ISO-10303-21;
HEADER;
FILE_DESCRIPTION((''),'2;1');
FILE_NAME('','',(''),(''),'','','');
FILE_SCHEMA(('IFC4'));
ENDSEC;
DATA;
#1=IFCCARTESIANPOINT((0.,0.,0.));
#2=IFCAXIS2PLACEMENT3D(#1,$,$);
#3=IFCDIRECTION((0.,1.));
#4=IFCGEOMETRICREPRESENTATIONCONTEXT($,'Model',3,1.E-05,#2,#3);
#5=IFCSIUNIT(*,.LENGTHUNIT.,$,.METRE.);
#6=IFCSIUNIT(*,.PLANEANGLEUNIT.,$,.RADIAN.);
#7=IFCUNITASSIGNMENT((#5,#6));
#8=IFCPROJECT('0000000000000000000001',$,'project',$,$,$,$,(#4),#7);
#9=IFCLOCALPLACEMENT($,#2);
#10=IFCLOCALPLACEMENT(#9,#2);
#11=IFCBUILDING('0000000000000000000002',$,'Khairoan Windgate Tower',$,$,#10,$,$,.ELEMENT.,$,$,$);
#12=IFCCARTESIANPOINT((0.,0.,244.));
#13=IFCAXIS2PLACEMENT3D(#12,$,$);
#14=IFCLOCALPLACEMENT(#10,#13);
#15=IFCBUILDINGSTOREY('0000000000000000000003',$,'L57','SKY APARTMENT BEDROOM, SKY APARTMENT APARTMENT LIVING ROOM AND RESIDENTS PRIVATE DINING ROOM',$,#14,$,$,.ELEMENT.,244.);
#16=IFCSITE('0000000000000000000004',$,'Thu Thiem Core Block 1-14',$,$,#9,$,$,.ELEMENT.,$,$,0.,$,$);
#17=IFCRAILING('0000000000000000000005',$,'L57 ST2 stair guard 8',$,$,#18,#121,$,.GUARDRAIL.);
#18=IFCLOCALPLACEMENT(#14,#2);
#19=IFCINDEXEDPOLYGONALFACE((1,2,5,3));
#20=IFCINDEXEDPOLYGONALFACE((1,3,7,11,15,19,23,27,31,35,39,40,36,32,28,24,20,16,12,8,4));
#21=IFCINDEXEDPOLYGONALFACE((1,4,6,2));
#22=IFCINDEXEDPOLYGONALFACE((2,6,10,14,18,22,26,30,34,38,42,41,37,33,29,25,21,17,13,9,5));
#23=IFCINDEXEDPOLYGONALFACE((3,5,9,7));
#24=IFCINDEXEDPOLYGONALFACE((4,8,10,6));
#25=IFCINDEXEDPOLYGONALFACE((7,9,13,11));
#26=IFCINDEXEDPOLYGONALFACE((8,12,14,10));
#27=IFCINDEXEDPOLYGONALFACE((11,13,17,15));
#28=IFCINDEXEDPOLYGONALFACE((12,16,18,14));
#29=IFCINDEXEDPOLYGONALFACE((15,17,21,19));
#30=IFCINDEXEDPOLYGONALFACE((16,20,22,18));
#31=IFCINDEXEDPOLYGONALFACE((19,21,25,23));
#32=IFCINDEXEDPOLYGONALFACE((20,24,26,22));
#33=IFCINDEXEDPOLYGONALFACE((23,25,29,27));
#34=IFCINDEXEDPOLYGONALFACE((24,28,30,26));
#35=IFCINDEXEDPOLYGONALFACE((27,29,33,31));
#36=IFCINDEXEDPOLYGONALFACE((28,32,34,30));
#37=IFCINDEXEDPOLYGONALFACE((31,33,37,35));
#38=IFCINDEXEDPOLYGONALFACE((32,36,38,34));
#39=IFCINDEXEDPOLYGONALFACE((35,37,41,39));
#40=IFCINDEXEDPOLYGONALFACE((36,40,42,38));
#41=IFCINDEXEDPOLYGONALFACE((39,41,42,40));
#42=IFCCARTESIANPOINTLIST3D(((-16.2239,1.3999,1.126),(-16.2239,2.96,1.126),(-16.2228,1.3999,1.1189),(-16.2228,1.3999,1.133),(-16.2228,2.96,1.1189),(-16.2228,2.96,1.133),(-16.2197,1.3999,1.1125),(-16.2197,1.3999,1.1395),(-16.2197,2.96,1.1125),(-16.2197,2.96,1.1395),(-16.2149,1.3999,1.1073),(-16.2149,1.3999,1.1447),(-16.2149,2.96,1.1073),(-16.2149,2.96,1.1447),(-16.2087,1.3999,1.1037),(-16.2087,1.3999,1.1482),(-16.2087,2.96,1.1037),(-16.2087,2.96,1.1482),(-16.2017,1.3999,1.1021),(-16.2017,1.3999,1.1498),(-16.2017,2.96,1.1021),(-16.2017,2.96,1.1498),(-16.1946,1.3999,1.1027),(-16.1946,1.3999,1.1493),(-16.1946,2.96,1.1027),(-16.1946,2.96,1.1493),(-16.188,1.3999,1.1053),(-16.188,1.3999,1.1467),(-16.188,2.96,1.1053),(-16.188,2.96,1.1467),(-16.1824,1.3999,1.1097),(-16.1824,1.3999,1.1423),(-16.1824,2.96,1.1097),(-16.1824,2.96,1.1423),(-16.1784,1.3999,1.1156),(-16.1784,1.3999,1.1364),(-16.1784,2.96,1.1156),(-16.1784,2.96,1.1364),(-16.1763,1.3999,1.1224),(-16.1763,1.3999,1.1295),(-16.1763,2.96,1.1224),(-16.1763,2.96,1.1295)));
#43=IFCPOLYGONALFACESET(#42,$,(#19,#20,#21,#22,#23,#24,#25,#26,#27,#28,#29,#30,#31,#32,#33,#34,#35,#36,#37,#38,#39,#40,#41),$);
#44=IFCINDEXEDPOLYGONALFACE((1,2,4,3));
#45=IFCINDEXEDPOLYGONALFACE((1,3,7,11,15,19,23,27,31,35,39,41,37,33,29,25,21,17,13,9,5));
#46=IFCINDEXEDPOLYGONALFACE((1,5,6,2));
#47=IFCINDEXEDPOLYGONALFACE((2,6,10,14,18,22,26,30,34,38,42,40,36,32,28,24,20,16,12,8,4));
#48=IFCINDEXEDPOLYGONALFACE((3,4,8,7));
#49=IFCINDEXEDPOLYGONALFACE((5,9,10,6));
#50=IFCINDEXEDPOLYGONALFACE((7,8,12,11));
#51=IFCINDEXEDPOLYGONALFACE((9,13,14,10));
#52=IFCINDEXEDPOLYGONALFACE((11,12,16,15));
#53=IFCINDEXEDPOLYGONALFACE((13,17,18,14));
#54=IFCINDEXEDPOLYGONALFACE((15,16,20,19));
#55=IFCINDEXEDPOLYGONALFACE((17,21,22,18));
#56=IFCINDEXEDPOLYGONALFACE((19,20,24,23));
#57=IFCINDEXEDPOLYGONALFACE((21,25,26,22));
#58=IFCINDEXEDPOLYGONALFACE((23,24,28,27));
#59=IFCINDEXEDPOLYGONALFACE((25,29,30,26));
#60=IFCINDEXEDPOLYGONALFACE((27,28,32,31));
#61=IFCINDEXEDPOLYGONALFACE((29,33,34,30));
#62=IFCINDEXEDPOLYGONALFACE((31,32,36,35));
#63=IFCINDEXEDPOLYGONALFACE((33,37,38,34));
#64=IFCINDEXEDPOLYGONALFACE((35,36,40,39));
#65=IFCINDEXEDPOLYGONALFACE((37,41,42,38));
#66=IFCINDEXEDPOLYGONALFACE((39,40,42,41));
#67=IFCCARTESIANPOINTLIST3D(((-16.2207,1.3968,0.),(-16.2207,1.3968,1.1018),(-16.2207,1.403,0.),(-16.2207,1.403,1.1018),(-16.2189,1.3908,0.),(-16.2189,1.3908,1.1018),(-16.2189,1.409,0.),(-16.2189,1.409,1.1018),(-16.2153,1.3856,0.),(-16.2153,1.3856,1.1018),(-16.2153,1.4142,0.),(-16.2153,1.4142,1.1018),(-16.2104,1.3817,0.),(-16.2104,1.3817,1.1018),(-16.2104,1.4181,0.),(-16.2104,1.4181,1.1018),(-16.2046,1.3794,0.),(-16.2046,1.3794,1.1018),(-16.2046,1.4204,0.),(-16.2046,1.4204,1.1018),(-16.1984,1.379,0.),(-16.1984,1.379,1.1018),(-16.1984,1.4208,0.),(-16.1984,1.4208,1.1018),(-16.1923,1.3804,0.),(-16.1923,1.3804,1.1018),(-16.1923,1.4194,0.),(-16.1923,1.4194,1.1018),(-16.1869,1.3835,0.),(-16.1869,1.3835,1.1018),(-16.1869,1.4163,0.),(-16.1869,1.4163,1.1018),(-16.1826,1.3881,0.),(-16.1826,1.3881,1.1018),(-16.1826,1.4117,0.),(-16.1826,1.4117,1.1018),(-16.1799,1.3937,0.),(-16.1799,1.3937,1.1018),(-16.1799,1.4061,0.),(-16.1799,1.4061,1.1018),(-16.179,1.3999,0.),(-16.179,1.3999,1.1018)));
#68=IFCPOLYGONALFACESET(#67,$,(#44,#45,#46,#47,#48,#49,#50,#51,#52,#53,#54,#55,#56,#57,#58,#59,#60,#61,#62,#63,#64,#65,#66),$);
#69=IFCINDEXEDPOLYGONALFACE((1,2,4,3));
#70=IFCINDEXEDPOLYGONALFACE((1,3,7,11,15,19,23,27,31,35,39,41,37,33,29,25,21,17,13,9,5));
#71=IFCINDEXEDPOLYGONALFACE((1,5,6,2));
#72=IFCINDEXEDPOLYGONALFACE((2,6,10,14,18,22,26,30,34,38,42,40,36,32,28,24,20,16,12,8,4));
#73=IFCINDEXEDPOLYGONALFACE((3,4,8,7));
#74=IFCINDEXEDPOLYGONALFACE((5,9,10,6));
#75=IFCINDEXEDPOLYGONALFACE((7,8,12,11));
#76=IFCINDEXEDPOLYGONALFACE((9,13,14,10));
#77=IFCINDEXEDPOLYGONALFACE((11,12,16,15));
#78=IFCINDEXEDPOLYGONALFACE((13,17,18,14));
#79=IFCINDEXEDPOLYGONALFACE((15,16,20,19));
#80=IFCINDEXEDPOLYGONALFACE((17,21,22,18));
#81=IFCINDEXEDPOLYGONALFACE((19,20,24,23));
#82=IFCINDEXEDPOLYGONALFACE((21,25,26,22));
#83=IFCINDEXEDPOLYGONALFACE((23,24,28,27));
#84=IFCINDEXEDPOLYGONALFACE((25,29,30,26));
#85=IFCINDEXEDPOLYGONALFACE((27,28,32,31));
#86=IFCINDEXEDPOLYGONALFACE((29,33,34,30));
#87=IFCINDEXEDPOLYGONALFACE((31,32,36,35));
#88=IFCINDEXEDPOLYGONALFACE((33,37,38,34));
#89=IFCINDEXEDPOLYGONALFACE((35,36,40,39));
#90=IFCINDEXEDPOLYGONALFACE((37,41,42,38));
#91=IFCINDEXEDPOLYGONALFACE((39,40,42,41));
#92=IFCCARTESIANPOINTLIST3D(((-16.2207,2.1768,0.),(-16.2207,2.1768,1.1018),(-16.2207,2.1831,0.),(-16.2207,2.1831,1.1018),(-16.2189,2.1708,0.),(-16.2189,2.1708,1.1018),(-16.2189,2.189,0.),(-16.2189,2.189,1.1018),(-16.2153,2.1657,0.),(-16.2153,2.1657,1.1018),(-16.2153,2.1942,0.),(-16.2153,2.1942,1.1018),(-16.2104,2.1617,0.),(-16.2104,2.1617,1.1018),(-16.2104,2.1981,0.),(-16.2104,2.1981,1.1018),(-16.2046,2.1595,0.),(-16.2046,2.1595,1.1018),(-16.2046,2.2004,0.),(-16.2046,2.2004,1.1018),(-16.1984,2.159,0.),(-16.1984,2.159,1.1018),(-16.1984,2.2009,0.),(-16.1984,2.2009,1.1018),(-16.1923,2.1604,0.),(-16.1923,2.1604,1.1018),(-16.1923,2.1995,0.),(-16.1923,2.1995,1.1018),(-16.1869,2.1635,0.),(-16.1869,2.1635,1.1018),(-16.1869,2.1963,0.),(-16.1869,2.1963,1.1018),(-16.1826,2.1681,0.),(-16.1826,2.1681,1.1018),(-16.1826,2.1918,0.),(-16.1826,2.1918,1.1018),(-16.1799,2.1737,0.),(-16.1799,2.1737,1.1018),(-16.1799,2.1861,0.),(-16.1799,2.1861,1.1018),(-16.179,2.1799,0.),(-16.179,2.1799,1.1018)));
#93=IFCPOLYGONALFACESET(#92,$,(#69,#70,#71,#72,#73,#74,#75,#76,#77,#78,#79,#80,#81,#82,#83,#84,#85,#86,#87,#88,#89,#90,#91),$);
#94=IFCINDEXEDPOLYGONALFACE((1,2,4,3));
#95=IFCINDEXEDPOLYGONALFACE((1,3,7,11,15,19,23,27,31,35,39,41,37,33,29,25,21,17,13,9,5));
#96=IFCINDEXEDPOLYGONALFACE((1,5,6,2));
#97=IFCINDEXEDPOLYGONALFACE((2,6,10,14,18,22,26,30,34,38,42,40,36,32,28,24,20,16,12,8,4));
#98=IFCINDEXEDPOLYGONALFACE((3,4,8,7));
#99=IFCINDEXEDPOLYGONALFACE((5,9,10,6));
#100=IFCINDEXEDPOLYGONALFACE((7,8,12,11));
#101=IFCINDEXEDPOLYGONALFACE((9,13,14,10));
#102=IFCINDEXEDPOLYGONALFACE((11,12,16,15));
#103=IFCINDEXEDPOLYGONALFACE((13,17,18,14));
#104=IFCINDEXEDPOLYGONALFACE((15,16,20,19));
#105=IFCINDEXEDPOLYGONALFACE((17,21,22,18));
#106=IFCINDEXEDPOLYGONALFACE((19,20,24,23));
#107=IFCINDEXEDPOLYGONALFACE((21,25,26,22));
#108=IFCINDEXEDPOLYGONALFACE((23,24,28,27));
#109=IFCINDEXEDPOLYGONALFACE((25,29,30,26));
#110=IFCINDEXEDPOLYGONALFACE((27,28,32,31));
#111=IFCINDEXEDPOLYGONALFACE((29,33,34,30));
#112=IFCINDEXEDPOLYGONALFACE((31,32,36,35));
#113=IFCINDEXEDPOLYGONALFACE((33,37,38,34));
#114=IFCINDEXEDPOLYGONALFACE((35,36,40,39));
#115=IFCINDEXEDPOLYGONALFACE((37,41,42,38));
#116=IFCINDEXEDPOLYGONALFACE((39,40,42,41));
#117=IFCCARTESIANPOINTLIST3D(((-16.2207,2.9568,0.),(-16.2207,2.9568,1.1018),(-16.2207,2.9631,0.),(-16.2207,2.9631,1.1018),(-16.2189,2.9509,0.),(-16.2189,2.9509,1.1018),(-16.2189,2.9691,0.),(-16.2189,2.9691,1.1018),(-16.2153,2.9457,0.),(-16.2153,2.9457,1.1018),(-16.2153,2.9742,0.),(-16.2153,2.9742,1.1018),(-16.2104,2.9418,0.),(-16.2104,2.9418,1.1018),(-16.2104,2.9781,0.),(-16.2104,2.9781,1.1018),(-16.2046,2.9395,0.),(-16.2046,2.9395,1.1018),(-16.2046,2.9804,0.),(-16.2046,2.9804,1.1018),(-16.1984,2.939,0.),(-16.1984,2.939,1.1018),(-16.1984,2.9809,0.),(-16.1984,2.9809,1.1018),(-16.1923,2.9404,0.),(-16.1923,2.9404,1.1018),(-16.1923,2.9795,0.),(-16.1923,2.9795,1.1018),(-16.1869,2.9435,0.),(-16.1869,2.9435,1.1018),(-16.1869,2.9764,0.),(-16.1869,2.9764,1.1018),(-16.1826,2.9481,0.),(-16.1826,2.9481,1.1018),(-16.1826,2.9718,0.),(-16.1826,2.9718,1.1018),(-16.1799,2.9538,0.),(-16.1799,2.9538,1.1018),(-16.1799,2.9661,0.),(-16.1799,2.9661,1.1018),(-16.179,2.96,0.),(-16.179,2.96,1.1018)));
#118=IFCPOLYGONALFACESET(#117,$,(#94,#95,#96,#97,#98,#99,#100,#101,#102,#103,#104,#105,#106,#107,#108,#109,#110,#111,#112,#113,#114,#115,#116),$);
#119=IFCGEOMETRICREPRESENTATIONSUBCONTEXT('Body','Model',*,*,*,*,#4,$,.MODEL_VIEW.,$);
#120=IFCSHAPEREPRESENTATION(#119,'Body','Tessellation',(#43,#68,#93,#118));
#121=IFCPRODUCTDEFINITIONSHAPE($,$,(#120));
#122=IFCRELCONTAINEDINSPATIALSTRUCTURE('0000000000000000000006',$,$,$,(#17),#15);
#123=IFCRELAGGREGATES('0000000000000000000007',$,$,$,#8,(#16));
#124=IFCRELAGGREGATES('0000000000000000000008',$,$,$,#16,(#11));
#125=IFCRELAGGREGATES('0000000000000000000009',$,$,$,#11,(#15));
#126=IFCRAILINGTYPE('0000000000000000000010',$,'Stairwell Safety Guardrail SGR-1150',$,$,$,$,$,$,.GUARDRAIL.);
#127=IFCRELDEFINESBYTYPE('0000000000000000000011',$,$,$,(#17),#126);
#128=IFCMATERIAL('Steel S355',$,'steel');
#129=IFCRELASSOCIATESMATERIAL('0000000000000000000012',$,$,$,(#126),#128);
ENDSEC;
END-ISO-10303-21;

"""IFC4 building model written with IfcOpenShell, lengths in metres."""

from ifc_helpers import new_model, si_unit, direction, frame, origin, origin_2d, place, context, subcontext, project, spatial, circle, extrude, material, type_object, element, save


model = new_model("IFC4")

# Units and contexts
model_context = context("Model", 3, precision=1e-05, world=origin(), true_north=direction((0.0, 1.0)))
body_context = subcontext(model_context, "Body", "Model", "MODEL_VIEW")
ifc_project = project(units=[si_unit("LENGTHUNIT", "METRE"), si_unit("PLANEANGLEUNIT", "RADIAN")], contexts=[model_context])

# Site, building, storey
site_placement = place(None, origin())
site = spatial("IfcSite", under=ifc_project, at=site_placement, Name="Thu Thiem Core Block 1-14", CompositionType="ELEMENT", RefElevation=0.0)
building_placement = place(site_placement, origin())
building = spatial("IfcBuilding", under=site, at=building_placement, Name="Khairoan Windgate Tower", CompositionType="ELEMENT")
storey_placement = place(building_placement, frame((0.0, 0.0, 244.0)))
storey = spatial("IfcBuildingStorey", under=building, at=storey_placement, Name="L57", Description="SKY APARTMENT BEDROOM, SKY APARTMENT APARTMENT LIVING ROOM AND RESIDENTS PRIVATE DINING ROOM", CompositionType="ELEMENT", Elevation=244.0)

# Railing
ifc_material_1 = material(Name="Steel S355", Category="steel")
railing_type_1 = type_object("IfcRailingType", Name="Stairwell Safety Guardrail SGR-1150", PredefinedType="GUARDRAIL", material=ifc_material_1)
railing_1_placement = place(storey_placement, frame((-16.2, 1.3999, 0.0)))
element("IfcRailing", 1, at=railing_1_placement, inside=storey, type_object=railing_type_1, Name="L57 ST2 stair guard 8", PredefinedType="GUARDRAIL", context=body_context, shape_type="SweptSolid", body=[
    extrude(circle(Radius=0.0239, at=origin_2d()), frame((0.0, 0.0, 1.126), z_axis=(0.0, 1.0, 0.0), x_axis=(-1.0, 0.0, 0.0)), (0.0, 0.0, 1.0), 1.5601),
    extrude(circle(Radius=0.021, at=origin_2d()), origin(), (0.0, 0.0, 1.0), 1.1018),
    extrude(circle(Radius=0.021, at=origin_2d()), frame((0.0, 0.78, 0.0)), (0.0, 0.0, 1.0), 1.1018),
    extrude(circle(Radius=0.021, at=origin_2d()), frame((0.0, 1.5601, 0.0)), (0.0, 0.0, 1.0), 1.1018),
])

save(model, "model.ifc")
